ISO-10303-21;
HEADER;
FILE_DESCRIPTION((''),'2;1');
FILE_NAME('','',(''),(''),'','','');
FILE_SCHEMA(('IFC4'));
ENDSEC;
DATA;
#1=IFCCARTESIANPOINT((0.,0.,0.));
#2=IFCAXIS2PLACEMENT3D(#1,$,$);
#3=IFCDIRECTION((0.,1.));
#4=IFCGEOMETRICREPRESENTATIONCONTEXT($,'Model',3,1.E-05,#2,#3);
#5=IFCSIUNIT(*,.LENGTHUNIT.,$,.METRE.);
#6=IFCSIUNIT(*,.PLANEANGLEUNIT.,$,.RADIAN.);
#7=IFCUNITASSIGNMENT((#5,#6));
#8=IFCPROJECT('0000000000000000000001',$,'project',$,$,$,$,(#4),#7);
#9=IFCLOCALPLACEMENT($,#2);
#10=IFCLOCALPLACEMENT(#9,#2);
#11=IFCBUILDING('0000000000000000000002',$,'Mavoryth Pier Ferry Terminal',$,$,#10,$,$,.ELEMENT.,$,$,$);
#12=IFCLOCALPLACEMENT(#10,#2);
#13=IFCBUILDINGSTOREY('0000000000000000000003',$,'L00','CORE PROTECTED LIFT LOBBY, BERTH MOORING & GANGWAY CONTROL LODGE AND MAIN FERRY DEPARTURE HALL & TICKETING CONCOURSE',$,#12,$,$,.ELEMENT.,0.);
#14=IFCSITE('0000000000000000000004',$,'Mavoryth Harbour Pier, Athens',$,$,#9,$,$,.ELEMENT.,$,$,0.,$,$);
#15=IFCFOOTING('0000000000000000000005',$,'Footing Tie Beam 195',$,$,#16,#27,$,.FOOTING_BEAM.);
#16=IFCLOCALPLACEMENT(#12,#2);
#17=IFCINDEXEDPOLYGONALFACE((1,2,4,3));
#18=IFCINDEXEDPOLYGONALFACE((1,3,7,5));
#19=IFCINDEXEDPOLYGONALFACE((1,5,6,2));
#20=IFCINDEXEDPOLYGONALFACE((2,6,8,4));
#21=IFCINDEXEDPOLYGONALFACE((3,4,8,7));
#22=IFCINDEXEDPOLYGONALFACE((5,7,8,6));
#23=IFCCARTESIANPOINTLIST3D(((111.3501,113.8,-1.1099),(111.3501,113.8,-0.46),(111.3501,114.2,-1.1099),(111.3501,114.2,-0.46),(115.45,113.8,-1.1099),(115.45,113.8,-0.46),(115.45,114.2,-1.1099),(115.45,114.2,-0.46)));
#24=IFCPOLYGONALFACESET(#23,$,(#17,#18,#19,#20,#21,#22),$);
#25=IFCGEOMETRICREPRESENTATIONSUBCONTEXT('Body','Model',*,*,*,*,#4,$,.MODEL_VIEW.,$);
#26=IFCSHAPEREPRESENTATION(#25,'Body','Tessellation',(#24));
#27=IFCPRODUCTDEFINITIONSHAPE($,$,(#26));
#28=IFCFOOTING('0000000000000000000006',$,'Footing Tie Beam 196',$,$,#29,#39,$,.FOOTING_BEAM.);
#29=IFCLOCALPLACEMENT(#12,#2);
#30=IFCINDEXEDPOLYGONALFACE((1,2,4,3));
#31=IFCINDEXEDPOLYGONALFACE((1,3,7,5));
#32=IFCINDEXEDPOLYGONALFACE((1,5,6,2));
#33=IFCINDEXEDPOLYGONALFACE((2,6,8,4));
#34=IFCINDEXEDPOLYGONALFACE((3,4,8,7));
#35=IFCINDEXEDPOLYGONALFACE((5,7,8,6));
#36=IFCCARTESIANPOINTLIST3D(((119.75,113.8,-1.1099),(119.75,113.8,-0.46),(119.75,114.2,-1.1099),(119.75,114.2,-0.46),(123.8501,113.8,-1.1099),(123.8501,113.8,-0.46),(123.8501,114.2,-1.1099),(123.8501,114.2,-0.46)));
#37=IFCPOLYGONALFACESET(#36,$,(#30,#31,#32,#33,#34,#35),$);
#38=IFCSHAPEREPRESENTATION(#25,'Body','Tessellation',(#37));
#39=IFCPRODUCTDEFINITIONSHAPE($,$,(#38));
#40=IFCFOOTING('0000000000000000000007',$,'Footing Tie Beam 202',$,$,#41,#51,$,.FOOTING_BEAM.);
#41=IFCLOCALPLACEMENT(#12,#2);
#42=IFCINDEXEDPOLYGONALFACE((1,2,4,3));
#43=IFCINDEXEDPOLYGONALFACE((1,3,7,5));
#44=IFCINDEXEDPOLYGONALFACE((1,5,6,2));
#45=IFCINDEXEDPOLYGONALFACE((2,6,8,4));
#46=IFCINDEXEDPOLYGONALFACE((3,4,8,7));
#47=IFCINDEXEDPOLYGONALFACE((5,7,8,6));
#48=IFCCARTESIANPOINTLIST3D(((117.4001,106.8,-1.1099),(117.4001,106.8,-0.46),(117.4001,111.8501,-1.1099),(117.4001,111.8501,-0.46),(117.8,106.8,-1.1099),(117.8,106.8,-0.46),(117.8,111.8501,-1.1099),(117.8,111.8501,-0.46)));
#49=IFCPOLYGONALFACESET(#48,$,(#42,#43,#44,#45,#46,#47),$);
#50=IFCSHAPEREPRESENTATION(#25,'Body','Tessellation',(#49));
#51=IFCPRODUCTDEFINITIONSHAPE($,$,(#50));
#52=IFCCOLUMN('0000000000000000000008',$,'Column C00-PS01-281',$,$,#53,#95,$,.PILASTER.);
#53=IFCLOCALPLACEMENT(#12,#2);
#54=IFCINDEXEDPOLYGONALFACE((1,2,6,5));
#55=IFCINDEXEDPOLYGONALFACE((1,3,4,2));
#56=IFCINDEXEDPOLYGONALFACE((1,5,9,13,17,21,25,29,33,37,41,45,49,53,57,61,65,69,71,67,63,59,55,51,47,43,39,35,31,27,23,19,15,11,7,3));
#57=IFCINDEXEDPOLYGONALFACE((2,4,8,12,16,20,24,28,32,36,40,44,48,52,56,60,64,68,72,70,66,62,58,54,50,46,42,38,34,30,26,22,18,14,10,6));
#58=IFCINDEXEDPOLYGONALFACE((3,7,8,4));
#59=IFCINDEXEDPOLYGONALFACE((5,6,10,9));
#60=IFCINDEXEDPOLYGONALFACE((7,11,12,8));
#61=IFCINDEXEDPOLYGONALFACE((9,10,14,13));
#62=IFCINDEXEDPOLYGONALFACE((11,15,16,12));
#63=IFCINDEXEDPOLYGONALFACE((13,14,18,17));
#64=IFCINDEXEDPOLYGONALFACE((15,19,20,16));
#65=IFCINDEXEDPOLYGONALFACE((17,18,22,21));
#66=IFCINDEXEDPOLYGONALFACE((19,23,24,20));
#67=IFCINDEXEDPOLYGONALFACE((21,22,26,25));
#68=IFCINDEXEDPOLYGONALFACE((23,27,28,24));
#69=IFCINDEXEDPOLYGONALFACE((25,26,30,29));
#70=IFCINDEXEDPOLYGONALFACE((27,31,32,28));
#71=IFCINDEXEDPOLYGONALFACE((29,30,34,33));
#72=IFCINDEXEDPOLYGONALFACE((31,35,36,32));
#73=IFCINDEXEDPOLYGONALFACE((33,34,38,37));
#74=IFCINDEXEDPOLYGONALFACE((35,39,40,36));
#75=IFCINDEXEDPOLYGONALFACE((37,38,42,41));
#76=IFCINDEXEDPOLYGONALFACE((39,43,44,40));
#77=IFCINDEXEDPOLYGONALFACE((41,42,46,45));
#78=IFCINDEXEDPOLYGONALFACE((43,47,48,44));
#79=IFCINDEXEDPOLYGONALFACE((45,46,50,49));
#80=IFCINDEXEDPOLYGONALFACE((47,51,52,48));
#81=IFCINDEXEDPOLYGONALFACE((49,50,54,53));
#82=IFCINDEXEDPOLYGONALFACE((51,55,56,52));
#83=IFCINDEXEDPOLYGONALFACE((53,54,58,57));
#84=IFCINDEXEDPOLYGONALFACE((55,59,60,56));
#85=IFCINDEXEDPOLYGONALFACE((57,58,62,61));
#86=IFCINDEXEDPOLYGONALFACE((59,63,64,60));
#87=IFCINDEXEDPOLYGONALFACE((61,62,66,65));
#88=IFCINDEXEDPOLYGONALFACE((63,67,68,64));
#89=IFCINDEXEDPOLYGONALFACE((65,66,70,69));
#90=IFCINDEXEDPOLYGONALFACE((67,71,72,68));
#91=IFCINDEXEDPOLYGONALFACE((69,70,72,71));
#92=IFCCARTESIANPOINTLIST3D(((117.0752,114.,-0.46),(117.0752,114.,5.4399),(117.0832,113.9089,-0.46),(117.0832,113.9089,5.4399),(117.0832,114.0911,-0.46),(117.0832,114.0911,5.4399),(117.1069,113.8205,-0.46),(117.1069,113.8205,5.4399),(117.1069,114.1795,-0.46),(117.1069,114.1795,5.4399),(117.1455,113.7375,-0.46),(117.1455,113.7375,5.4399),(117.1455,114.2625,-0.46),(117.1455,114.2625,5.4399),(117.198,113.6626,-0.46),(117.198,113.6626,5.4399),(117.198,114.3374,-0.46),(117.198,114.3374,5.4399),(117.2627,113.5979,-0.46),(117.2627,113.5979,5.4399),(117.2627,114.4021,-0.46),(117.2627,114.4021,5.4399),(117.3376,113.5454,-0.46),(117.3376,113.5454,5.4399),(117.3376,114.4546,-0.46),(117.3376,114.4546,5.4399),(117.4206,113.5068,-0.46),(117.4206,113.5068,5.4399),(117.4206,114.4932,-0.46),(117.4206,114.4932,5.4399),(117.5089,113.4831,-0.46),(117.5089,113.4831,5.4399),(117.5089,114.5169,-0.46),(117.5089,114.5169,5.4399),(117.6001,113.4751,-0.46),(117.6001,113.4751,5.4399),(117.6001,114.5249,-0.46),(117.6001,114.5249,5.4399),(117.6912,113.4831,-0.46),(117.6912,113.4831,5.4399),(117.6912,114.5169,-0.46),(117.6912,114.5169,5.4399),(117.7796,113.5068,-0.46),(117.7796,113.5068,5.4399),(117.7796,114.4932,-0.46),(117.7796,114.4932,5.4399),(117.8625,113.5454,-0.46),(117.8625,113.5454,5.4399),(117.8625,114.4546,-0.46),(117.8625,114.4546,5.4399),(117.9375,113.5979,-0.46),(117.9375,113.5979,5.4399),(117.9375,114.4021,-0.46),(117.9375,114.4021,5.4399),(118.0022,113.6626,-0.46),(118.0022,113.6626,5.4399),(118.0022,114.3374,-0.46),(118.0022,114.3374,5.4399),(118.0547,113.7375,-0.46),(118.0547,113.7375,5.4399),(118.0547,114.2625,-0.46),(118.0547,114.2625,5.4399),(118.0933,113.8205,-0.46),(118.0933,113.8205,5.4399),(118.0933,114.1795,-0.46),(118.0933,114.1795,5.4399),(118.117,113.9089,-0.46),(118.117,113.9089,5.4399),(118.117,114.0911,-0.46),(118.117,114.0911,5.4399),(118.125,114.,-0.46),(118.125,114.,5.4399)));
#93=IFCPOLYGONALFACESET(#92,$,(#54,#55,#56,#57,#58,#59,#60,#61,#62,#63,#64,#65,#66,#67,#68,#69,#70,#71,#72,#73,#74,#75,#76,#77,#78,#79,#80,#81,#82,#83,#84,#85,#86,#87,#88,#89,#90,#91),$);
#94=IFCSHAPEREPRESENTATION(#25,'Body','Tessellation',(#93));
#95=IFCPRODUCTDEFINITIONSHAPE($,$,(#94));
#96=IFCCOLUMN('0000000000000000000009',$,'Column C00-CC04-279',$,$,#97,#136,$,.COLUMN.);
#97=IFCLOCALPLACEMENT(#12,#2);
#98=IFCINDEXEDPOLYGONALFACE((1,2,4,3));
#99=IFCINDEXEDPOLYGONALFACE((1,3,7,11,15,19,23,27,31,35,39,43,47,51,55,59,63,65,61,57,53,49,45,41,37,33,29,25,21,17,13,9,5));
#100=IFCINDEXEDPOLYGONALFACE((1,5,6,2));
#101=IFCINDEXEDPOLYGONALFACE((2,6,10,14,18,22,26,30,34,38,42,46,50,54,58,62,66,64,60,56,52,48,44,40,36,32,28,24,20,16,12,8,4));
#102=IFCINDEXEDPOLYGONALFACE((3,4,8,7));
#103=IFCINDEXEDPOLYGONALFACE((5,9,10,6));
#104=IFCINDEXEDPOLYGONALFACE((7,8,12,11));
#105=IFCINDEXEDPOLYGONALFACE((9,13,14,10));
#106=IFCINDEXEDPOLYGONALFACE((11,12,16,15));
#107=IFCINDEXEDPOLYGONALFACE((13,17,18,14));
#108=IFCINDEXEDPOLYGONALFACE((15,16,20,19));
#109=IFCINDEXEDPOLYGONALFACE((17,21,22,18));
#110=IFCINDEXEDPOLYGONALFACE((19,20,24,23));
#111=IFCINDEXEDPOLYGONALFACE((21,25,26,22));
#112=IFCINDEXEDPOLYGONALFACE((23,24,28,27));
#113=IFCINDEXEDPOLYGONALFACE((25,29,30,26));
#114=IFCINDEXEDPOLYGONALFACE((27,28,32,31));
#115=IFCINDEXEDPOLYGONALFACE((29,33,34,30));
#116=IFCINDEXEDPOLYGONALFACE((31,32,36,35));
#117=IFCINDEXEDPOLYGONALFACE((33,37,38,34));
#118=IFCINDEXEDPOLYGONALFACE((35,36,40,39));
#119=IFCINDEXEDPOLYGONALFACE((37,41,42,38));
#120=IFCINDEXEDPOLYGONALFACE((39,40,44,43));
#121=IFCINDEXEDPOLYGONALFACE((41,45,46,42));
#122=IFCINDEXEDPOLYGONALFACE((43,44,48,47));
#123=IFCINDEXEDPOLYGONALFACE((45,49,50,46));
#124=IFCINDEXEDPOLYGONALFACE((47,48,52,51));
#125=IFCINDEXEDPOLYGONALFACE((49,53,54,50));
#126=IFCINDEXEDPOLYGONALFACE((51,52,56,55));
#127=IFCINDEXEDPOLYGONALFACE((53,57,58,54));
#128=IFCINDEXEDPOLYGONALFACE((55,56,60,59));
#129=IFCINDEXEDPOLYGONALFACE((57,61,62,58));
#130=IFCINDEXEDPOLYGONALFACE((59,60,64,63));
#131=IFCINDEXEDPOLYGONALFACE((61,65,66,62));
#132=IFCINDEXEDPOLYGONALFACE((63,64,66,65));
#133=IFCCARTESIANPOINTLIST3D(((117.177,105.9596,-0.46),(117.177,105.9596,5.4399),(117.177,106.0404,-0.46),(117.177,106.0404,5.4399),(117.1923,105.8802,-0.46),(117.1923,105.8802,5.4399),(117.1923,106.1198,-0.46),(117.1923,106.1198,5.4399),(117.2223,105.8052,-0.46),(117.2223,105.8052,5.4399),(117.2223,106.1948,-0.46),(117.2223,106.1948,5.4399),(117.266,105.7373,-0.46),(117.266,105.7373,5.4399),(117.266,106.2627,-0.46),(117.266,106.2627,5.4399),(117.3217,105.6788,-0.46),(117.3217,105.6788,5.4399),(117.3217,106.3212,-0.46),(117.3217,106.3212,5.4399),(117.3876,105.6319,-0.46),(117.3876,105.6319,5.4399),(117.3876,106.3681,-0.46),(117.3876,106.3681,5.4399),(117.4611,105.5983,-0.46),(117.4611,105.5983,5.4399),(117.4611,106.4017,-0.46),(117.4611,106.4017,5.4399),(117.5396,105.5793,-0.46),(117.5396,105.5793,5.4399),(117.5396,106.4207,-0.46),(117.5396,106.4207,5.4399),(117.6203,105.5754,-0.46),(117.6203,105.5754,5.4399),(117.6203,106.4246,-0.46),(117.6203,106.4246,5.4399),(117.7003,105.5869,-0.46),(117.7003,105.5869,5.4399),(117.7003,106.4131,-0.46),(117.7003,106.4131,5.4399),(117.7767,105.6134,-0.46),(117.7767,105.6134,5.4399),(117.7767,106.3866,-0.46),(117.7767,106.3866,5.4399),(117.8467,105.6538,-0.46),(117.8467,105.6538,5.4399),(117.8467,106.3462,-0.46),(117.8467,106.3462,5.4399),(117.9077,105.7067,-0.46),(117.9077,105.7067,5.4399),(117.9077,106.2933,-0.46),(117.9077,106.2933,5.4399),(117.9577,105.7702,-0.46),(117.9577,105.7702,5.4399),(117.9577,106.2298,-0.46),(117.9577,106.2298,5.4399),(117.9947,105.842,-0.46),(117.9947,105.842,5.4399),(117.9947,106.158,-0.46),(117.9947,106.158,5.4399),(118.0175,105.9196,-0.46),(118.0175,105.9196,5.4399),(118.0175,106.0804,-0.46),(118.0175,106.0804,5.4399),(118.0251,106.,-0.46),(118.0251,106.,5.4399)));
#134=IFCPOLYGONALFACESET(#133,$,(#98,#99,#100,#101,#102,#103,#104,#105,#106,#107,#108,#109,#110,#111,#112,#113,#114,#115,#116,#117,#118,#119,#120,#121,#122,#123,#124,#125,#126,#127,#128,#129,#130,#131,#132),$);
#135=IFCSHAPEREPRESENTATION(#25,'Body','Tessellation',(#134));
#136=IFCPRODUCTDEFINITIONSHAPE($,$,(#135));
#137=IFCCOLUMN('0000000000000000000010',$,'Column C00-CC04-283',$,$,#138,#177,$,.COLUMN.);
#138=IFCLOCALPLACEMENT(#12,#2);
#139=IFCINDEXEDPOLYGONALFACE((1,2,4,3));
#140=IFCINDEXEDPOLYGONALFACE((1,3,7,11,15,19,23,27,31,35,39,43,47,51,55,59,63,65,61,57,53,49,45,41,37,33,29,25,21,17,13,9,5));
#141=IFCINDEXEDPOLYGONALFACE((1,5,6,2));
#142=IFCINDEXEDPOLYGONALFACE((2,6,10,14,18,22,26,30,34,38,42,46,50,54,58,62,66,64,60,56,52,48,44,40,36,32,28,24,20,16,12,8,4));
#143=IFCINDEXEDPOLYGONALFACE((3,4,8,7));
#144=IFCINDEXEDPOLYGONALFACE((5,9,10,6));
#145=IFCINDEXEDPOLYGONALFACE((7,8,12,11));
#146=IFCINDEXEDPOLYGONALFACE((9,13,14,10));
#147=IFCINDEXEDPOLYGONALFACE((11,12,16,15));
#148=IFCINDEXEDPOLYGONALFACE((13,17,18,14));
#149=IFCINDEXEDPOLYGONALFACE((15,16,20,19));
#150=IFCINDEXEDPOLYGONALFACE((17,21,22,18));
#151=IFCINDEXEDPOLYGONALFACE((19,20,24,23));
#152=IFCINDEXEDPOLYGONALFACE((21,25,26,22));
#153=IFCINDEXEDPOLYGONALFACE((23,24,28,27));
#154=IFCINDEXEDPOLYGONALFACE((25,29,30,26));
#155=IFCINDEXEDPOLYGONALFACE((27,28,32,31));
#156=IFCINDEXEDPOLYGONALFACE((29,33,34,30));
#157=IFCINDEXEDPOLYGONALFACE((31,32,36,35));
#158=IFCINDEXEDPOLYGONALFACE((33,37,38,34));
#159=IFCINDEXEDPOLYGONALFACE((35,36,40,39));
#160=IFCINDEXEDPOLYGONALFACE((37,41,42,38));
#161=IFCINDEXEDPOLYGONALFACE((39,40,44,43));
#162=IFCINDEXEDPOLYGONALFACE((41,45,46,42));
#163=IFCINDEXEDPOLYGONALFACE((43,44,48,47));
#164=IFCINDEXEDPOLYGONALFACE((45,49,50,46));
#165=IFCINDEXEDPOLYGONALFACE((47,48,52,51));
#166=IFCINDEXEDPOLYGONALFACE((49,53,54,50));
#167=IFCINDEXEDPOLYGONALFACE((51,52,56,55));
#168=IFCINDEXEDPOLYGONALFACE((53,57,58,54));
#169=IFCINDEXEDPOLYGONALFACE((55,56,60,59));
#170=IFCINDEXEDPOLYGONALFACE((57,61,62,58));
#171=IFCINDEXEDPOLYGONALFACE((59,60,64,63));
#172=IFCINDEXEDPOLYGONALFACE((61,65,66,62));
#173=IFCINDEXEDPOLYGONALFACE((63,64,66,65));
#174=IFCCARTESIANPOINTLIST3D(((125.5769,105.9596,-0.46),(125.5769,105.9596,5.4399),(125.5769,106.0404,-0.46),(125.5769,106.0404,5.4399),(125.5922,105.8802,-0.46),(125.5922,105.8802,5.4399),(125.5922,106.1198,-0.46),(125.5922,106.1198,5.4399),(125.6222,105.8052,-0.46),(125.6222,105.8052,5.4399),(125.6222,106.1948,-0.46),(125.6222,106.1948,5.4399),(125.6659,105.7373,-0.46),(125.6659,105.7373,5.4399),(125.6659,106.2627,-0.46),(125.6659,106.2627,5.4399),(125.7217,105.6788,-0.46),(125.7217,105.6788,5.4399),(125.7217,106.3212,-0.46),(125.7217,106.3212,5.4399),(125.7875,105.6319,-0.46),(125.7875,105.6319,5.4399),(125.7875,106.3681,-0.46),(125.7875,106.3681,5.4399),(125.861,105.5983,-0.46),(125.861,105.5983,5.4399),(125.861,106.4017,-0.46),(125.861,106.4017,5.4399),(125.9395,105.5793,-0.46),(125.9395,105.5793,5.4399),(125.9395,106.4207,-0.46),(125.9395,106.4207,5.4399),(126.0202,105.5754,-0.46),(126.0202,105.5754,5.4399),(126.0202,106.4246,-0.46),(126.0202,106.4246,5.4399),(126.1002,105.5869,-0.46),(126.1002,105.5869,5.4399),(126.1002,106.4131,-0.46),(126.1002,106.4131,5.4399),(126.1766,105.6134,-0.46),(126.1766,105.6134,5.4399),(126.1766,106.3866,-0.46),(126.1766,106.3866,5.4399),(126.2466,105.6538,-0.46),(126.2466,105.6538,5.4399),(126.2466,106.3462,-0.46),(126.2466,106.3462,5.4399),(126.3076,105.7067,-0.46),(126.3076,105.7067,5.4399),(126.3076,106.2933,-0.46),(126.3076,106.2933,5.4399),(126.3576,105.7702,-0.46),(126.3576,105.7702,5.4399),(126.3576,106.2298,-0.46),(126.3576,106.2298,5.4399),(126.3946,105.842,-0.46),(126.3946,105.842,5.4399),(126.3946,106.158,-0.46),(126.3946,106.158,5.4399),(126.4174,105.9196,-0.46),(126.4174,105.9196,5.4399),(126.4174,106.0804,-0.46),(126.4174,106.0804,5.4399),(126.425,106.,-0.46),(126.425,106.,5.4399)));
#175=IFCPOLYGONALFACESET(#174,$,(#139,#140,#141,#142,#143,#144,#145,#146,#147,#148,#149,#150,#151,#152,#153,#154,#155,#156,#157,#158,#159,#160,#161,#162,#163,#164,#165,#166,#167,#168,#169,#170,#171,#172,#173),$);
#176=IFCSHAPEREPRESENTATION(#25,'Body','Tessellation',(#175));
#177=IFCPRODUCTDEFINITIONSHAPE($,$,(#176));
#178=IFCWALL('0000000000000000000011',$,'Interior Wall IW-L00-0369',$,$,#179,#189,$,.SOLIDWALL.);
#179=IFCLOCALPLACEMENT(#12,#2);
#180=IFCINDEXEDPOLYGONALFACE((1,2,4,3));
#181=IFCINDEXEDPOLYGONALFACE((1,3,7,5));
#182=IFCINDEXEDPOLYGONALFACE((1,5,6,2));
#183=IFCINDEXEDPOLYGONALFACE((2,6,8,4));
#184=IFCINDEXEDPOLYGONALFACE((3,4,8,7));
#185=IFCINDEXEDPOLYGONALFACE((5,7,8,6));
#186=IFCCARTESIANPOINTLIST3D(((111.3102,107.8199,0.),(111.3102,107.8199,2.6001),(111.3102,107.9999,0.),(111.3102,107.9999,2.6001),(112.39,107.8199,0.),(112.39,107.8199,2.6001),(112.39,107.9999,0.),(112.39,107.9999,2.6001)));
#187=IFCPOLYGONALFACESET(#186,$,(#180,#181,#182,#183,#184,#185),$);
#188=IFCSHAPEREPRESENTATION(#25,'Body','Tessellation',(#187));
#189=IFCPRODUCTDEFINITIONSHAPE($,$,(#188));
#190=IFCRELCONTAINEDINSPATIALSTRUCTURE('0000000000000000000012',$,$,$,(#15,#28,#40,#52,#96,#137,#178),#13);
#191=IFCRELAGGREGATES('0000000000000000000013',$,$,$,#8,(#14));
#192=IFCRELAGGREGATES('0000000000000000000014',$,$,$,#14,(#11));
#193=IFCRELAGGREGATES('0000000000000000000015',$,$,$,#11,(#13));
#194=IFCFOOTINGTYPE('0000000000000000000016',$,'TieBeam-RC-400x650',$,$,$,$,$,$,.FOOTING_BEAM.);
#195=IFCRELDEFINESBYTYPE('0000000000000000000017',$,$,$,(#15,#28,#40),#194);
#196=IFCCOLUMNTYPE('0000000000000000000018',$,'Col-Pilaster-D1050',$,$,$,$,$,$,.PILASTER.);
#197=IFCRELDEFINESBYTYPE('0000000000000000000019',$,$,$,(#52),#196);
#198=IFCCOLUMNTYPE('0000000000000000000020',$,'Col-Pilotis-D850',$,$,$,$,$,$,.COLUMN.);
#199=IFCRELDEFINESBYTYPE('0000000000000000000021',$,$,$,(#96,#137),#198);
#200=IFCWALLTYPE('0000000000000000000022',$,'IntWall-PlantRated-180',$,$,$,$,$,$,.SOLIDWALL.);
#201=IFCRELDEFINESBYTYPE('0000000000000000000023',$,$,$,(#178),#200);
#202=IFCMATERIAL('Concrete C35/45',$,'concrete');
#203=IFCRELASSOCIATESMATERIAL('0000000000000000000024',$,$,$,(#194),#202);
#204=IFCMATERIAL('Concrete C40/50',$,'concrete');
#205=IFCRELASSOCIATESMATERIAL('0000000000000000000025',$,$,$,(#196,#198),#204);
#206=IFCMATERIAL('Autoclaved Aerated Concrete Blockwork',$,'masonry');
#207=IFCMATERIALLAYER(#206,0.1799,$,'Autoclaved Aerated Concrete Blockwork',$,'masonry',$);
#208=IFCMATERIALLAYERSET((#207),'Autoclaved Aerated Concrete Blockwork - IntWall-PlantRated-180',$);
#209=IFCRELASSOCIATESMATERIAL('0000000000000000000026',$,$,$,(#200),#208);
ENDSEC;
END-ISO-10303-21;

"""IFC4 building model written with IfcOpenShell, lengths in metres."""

from ifc_helpers import new_model, si_unit, direction, frame, frame_2d, origin, origin_2d, place, context, subcontext, project, spatial, rectangle, circle, extrude, material, layer, layer_set, material_profile, profile_set, type_object, element, save


model = new_model("IFC4")

# Units and contexts
model_context = context("Model", 3, precision=1e-05, world=origin(), true_north=direction((0.0, 1.0)))
body_context = subcontext(model_context, "Body", "Model", "MODEL_VIEW")
ifc_project = project(units=[si_unit("LENGTHUNIT", "METRE"), si_unit("PLANEANGLEUNIT", "RADIAN")], contexts=[model_context])

# Site, building, storey
site_placement = place(None, origin())
site = spatial("IfcSite", under=ifc_project, at=site_placement, Name="Mavoryth Harbour Pier, Athens", CompositionType="ELEMENT", RefElevation=0.0)
building_placement = place(site_placement, origin())
building = spatial("IfcBuilding", under=site, at=building_placement, Name="Mavoryth Pier Ferry Terminal", CompositionType="ELEMENT")
storey_placement = place(building_placement, origin())
storey = spatial("IfcBuildingStorey", under=building, at=storey_placement, Name="L00", Description="CORE PROTECTED LIFT LOBBY, BERTH MOORING & GANGWAY CONTROL LODGE AND MAIN FERRY DEPARTURE HALL & TICKETING CONCOURSE", CompositionType="ELEMENT", Elevation=0.0)

# Shared definitions
ifc_material_1 = material(Name="Concrete C35/45", Category="concrete")

# Footings
ifc_material_profile_1 = material_profile(ifc_material_1, rectangle(XDim=0.3999, YDim=0.6499, at=origin_2d()), Name="RC 400x650", Category="concrete")
ifc_profile_set_1 = profile_set([ifc_material_profile_1], Name="Concrete C35/45 - RC 400x650")
footing_type_1 = type_object("IfcFootingType", Name="TieBeam-RC-400x650", PredefinedType="FOOTING_BEAM", material=ifc_profile_set_1)
footing_1_placement = place(storey_placement, frame((111.3501, 114.0, -0.7849), z_axis=(1.0, 0.0, 0.0), x_axis=(0.0, 1.0, 0.0)))
element("IfcFooting", 1, at=footing_1_placement, inside=storey, type_object=footing_type_1, Name="Footing Tie Beam 195", PredefinedType="FOOTING_BEAM", context=body_context, shape_type="SweptSolid", body=[
    extrude(rectangle(XDim=0.3999, YDim=0.6499, at=origin_2d()), origin(), (0.0, 0.0, 1.0), 4.0999),
])
footing_2_placement = place(storey_placement, frame((119.75, 114.0, -0.7849), z_axis=(1.0, 0.0, 0.0), x_axis=(0.0, 1.0, 0.0)))
element("IfcFooting", 2, at=footing_2_placement, inside=storey, type_object=footing_type_1, Name="Footing Tie Beam 196", PredefinedType="FOOTING_BEAM", context=body_context, shape_type="SweptSolid", body=[
    extrude(rectangle(XDim=0.3999, YDim=0.6499, at=origin_2d()), origin(), (0.0, 0.0, 1.0), 4.1001),
])
footing_3_placement = place(storey_placement, frame((117.6001, 106.8, -0.7849), z_axis=(0.0, 1.0, 0.0), x_axis=(-1.0, 0.0, 0.0)))
element("IfcFooting", 3, at=footing_3_placement, inside=storey, type_object=footing_type_1, Name="Footing Tie Beam 202", PredefinedType="FOOTING_BEAM", context=body_context, shape_type="SweptSolid", body=[
    extrude(rectangle(XDim=0.3999, YDim=0.6499, at=origin_2d()), origin(), (0.0, 0.0, 1.0), 5.05),
])

# Columns
ifc_material_2 = material(Name="Concrete C40/50", Category="concrete")
ifc_material_profile_2 = material_profile(ifc_material_2, circle(Radius=0.5249, at=origin_2d()), Name="RC D1050", Category="concrete")
ifc_profile_set_2 = profile_set([ifc_material_profile_2], Name="Concrete C40/50 - RC D1050")
column_type_1 = type_object("IfcColumnType", Name="Col-Pilaster-D1050", PredefinedType="PILASTER", material=ifc_profile_set_2)
column_placement = place(storey_placement, frame((117.6001, 114.0, -0.46), z_axis=(0.0, 0.0, 1.0), x_axis=(1.0, 0.0, 0.0)))
element("IfcColumn", 4, at=column_placement, inside=storey, type_object=column_type_1, Name="Column C00-PS01-281", PredefinedType="PILASTER", context=body_context, shape_type="SweptSolid", body=[
    extrude(circle(Radius=0.5249, at=origin_2d()), origin(), (0.0, 0.0, 1.0), 5.8999),
])
ifc_material_profile_3 = material_profile(ifc_material_2, circle(Radius=0.425, at=origin_2d()), Name="RC D850", Category="concrete")
ifc_profile_set_3 = profile_set([ifc_material_profile_3], Name="Concrete C40/50 - RC D850")
column_type_2 = type_object("IfcColumnType", Name="Col-Pilotis-D850", PredefinedType="COLUMN", material=ifc_profile_set_3)
for number, where, z_axis, x_axis, name in (
    (5, (117.6001, 106.0, -0.46), (0.0, 0.0, 1.0), (1.0, 0.0, 0.0), "Column C00-CC04-279"),
    (6, (126.0, 106.0, -0.46), (0.0, 0.0, 1.0), (1.0, 0.0, 0.0), "Column C00-CC04-283"),
):
    element("IfcColumn", number, at=place(storey_placement, frame(where, z_axis=z_axis, x_axis=x_axis)), inside=storey, type_object=column_type_2, Name=name, PredefinedType="COLUMN", context=body_context, shape_type="SweptSolid", body=[
        extrude(circle(Radius=0.425, at=origin_2d()), origin(), (0.0, 0.0, 1.0), 5.8999),
    ])

# Wall
ifc_material_3 = material(Name="Autoclaved Aerated Concrete Blockwork", Category="masonry")
ifc_layer = layer(ifc_material_3, 0.1799, Name="Autoclaved Aerated Concrete Blockwork", Category="masonry")
ifc_layer_set = layer_set([ifc_layer], Name="Autoclaved Aerated Concrete Blockwork - IntWall-PlantRated-180")
wall_type = type_object("IfcWallType", Name="IntWall-PlantRated-180", PredefinedType="SOLIDWALL", material=ifc_layer_set)
wall_1_placement = place(storey_placement, frame((111.3101, 107.9099, 0.0), z_axis=(0.0, 0.0, 1.0), x_axis=(1.0, 0.0, 0.0)))
element("IfcWall", 7, at=wall_1_placement, inside=storey, type_object=wall_type, Name="Interior Wall IW-L00-0369", PredefinedType="SOLIDWALL", context=body_context, shape_type="SweptSolid", body=[
    extrude(rectangle(XDim=1.0798, YDim=0.1799, at=frame_2d((0.54, 0.0))), origin(), (0.0, 0.0, 1.0), 2.6001),
])

save(model, "model.ifc")
